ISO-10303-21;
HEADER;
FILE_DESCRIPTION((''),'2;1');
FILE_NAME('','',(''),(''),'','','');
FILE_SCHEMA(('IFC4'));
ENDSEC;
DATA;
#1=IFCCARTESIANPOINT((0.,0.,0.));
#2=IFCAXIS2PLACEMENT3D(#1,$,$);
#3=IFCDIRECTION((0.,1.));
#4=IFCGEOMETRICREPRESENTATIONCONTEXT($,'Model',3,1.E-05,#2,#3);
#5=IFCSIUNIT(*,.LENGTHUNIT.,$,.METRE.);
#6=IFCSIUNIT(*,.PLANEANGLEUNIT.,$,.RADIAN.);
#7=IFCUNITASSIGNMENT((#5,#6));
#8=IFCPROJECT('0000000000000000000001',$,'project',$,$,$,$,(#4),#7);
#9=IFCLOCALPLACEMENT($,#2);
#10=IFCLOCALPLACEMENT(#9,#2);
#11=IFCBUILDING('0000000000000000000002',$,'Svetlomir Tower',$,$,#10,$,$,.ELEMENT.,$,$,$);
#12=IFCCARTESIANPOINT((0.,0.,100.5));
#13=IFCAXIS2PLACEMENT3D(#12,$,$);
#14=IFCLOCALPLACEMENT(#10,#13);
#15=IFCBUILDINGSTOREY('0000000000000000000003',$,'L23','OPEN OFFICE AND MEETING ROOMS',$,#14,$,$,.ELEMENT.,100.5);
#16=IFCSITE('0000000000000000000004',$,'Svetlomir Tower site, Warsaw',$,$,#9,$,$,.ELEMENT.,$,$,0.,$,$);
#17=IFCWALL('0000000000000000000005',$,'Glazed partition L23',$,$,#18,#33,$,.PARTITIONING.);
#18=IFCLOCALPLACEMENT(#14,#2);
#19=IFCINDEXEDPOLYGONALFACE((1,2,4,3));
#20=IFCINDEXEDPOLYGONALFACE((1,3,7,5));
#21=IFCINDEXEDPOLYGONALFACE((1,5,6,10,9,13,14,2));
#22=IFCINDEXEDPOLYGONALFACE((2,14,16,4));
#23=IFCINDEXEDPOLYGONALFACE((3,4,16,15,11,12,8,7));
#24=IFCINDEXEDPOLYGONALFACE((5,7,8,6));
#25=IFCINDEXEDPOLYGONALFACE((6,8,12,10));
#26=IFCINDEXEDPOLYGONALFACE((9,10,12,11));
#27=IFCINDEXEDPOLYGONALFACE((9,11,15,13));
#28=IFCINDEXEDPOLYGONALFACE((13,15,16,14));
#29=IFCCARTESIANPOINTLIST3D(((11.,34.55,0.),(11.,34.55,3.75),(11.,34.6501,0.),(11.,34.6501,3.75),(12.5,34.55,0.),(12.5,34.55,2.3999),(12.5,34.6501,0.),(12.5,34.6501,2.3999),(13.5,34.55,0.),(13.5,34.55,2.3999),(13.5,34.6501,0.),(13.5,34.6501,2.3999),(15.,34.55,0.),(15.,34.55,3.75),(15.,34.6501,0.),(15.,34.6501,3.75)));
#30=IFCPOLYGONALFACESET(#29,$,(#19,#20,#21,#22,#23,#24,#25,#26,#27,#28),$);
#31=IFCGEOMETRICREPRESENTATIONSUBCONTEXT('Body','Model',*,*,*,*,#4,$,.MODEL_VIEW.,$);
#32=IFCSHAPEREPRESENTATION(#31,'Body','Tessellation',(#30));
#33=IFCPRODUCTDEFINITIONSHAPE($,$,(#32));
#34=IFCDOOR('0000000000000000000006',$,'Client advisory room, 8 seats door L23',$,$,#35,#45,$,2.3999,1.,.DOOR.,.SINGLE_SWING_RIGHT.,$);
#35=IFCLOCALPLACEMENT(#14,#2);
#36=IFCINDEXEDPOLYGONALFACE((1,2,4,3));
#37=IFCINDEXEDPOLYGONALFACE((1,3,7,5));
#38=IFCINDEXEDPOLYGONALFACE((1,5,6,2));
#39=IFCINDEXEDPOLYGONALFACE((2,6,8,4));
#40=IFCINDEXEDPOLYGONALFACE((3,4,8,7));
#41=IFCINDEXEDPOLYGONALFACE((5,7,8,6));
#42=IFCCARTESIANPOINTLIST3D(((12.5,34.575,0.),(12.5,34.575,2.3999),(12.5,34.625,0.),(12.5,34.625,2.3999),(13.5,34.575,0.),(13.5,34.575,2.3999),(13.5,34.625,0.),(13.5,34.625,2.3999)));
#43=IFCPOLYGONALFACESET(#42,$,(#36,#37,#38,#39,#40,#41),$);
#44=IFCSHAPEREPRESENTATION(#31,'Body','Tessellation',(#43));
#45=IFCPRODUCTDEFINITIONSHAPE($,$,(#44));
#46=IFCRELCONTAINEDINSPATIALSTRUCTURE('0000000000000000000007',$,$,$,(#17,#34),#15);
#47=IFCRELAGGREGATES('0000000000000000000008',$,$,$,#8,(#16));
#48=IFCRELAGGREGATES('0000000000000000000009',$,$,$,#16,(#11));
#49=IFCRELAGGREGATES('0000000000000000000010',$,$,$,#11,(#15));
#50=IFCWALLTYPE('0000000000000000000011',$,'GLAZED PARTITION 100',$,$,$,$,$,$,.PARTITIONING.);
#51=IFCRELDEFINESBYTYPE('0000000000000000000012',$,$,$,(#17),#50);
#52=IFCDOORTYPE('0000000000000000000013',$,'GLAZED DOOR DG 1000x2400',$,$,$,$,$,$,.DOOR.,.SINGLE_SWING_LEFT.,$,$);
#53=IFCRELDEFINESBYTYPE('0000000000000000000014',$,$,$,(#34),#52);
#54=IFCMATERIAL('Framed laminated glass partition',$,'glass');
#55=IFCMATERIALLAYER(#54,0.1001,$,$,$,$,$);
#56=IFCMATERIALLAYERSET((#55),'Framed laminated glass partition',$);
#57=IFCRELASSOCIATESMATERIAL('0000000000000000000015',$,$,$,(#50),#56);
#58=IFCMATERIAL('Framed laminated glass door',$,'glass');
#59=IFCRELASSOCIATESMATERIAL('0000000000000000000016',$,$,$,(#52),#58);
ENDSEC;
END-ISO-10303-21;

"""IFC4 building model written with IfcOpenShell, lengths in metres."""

from ifc_helpers import new_model, si_unit, direction, frame, frame_2d, origin, place, context, subcontext, project, spatial, rectangle, extrude, material, layer, layer_set, type_object, element, fill, save


model = new_model("IFC4")

# Units and contexts
model_context = context("Model", 3, precision=1e-05, world=origin(), true_north=direction((0.0, 1.0)))
body_context = subcontext(model_context, "Body", "Model", "MODEL_VIEW")
ifc_project = project(units=[si_unit("LENGTHUNIT", "METRE"), si_unit("PLANEANGLEUNIT", "RADIAN")], contexts=[model_context])

# Site, building, storey
site_placement = place(None, origin())
site = spatial("IfcSite", under=ifc_project, at=site_placement, Name="Svetlomir Tower site, Warsaw", CompositionType="ELEMENT", RefElevation=0.0)
building_placement = place(site_placement, origin())
building = spatial("IfcBuilding", under=site, at=building_placement, Name="Svetlomir Tower", CompositionType="ELEMENT")
storey_placement = place(building_placement, frame((0.0, 0.0, 100.5)))
storey = spatial("IfcBuildingStorey", under=building, at=storey_placement, Name="L23", Description="OPEN OFFICE AND MEETING ROOMS", CompositionType="ELEMENT", Elevation=100.5)

# Wall, opening, door
ifc_material_1 = material(Name="Framed laminated glass partition", Category="glass")
ifc_layer_1 = layer(ifc_material_1, 0.1001)
ifc_layer_set_1 = layer_set([ifc_layer_1], Name="Framed laminated glass partition")
wall_type = type_object("IfcWallType", Name="GLAZED PARTITION 100", PredefinedType="PARTITIONING", material=ifc_layer_set_1)
wall_placement = place(storey_placement, frame((11.0, 34.6001, 0.0), z_axis=(0.0, 0.0, 1.0), x_axis=(1.0, 0.0, 0.0)))
wall = element("IfcWall", 1, at=wall_placement, inside=storey, type_object=wall_type, Name="Glazed partition L23", PredefinedType="PARTITIONING", context=body_context, shape_type="SweptSolid", body=[
    extrude(rectangle(XDim=4.0, YDim=0.1001, at=frame_2d((2.0, 0.0))), origin(), (0.0, 0.0, 1.0), 3.75),
])
opening_placement = place(wall_placement, frame((1.5, 0.0, 0.0)))
opening = element("IfcOpeningElement", 2, at=opening_placement, cuts=wall, PredefinedType="OPENING", context=body_context, shape_type="SweptSolid", body=[
    extrude(rectangle(XDim=1.0, YDim=2.3999, at=frame_2d((0.5, 1.2))), frame((0.0, 0.0601, 0.0), z_axis=(0.0, -1.0, 0.0), x_axis=(1.0, 0.0, 0.0)), (0.0, 0.0, 1.0), 0.1201),
])
ifc_material_2 = material(Name="Framed laminated glass door", Category="glass")
door_type = type_object("IfcDoorType", Name="GLAZED DOOR DG 1000x2400", OperationType="SINGLE_SWING_LEFT", PredefinedType="DOOR", material=ifc_material_2)
door_placement = place(opening_placement, origin())
door = element("IfcDoor", 3, at=door_placement, inside=storey, type_object=door_type, Name="Client advisory room, 8 seats door L23", OperationType="SINGLE_SWING_RIGHT", OverallHeight=2.3999, OverallWidth=1.0, PredefinedType="DOOR", context=body_context, shape_type="SweptSolid", body=[
    extrude(rectangle(XDim=1.0, YDim=2.3999, at=frame_2d((0.5, 1.2))), frame((0.0, 0.0249, 0.0), z_axis=(0.0, -1.0, 0.0), x_axis=(1.0, 0.0, 0.0)), (0.0, 0.0, 1.0), 0.05),
])
fill(opening, door)

save(model, "model.ifc")
